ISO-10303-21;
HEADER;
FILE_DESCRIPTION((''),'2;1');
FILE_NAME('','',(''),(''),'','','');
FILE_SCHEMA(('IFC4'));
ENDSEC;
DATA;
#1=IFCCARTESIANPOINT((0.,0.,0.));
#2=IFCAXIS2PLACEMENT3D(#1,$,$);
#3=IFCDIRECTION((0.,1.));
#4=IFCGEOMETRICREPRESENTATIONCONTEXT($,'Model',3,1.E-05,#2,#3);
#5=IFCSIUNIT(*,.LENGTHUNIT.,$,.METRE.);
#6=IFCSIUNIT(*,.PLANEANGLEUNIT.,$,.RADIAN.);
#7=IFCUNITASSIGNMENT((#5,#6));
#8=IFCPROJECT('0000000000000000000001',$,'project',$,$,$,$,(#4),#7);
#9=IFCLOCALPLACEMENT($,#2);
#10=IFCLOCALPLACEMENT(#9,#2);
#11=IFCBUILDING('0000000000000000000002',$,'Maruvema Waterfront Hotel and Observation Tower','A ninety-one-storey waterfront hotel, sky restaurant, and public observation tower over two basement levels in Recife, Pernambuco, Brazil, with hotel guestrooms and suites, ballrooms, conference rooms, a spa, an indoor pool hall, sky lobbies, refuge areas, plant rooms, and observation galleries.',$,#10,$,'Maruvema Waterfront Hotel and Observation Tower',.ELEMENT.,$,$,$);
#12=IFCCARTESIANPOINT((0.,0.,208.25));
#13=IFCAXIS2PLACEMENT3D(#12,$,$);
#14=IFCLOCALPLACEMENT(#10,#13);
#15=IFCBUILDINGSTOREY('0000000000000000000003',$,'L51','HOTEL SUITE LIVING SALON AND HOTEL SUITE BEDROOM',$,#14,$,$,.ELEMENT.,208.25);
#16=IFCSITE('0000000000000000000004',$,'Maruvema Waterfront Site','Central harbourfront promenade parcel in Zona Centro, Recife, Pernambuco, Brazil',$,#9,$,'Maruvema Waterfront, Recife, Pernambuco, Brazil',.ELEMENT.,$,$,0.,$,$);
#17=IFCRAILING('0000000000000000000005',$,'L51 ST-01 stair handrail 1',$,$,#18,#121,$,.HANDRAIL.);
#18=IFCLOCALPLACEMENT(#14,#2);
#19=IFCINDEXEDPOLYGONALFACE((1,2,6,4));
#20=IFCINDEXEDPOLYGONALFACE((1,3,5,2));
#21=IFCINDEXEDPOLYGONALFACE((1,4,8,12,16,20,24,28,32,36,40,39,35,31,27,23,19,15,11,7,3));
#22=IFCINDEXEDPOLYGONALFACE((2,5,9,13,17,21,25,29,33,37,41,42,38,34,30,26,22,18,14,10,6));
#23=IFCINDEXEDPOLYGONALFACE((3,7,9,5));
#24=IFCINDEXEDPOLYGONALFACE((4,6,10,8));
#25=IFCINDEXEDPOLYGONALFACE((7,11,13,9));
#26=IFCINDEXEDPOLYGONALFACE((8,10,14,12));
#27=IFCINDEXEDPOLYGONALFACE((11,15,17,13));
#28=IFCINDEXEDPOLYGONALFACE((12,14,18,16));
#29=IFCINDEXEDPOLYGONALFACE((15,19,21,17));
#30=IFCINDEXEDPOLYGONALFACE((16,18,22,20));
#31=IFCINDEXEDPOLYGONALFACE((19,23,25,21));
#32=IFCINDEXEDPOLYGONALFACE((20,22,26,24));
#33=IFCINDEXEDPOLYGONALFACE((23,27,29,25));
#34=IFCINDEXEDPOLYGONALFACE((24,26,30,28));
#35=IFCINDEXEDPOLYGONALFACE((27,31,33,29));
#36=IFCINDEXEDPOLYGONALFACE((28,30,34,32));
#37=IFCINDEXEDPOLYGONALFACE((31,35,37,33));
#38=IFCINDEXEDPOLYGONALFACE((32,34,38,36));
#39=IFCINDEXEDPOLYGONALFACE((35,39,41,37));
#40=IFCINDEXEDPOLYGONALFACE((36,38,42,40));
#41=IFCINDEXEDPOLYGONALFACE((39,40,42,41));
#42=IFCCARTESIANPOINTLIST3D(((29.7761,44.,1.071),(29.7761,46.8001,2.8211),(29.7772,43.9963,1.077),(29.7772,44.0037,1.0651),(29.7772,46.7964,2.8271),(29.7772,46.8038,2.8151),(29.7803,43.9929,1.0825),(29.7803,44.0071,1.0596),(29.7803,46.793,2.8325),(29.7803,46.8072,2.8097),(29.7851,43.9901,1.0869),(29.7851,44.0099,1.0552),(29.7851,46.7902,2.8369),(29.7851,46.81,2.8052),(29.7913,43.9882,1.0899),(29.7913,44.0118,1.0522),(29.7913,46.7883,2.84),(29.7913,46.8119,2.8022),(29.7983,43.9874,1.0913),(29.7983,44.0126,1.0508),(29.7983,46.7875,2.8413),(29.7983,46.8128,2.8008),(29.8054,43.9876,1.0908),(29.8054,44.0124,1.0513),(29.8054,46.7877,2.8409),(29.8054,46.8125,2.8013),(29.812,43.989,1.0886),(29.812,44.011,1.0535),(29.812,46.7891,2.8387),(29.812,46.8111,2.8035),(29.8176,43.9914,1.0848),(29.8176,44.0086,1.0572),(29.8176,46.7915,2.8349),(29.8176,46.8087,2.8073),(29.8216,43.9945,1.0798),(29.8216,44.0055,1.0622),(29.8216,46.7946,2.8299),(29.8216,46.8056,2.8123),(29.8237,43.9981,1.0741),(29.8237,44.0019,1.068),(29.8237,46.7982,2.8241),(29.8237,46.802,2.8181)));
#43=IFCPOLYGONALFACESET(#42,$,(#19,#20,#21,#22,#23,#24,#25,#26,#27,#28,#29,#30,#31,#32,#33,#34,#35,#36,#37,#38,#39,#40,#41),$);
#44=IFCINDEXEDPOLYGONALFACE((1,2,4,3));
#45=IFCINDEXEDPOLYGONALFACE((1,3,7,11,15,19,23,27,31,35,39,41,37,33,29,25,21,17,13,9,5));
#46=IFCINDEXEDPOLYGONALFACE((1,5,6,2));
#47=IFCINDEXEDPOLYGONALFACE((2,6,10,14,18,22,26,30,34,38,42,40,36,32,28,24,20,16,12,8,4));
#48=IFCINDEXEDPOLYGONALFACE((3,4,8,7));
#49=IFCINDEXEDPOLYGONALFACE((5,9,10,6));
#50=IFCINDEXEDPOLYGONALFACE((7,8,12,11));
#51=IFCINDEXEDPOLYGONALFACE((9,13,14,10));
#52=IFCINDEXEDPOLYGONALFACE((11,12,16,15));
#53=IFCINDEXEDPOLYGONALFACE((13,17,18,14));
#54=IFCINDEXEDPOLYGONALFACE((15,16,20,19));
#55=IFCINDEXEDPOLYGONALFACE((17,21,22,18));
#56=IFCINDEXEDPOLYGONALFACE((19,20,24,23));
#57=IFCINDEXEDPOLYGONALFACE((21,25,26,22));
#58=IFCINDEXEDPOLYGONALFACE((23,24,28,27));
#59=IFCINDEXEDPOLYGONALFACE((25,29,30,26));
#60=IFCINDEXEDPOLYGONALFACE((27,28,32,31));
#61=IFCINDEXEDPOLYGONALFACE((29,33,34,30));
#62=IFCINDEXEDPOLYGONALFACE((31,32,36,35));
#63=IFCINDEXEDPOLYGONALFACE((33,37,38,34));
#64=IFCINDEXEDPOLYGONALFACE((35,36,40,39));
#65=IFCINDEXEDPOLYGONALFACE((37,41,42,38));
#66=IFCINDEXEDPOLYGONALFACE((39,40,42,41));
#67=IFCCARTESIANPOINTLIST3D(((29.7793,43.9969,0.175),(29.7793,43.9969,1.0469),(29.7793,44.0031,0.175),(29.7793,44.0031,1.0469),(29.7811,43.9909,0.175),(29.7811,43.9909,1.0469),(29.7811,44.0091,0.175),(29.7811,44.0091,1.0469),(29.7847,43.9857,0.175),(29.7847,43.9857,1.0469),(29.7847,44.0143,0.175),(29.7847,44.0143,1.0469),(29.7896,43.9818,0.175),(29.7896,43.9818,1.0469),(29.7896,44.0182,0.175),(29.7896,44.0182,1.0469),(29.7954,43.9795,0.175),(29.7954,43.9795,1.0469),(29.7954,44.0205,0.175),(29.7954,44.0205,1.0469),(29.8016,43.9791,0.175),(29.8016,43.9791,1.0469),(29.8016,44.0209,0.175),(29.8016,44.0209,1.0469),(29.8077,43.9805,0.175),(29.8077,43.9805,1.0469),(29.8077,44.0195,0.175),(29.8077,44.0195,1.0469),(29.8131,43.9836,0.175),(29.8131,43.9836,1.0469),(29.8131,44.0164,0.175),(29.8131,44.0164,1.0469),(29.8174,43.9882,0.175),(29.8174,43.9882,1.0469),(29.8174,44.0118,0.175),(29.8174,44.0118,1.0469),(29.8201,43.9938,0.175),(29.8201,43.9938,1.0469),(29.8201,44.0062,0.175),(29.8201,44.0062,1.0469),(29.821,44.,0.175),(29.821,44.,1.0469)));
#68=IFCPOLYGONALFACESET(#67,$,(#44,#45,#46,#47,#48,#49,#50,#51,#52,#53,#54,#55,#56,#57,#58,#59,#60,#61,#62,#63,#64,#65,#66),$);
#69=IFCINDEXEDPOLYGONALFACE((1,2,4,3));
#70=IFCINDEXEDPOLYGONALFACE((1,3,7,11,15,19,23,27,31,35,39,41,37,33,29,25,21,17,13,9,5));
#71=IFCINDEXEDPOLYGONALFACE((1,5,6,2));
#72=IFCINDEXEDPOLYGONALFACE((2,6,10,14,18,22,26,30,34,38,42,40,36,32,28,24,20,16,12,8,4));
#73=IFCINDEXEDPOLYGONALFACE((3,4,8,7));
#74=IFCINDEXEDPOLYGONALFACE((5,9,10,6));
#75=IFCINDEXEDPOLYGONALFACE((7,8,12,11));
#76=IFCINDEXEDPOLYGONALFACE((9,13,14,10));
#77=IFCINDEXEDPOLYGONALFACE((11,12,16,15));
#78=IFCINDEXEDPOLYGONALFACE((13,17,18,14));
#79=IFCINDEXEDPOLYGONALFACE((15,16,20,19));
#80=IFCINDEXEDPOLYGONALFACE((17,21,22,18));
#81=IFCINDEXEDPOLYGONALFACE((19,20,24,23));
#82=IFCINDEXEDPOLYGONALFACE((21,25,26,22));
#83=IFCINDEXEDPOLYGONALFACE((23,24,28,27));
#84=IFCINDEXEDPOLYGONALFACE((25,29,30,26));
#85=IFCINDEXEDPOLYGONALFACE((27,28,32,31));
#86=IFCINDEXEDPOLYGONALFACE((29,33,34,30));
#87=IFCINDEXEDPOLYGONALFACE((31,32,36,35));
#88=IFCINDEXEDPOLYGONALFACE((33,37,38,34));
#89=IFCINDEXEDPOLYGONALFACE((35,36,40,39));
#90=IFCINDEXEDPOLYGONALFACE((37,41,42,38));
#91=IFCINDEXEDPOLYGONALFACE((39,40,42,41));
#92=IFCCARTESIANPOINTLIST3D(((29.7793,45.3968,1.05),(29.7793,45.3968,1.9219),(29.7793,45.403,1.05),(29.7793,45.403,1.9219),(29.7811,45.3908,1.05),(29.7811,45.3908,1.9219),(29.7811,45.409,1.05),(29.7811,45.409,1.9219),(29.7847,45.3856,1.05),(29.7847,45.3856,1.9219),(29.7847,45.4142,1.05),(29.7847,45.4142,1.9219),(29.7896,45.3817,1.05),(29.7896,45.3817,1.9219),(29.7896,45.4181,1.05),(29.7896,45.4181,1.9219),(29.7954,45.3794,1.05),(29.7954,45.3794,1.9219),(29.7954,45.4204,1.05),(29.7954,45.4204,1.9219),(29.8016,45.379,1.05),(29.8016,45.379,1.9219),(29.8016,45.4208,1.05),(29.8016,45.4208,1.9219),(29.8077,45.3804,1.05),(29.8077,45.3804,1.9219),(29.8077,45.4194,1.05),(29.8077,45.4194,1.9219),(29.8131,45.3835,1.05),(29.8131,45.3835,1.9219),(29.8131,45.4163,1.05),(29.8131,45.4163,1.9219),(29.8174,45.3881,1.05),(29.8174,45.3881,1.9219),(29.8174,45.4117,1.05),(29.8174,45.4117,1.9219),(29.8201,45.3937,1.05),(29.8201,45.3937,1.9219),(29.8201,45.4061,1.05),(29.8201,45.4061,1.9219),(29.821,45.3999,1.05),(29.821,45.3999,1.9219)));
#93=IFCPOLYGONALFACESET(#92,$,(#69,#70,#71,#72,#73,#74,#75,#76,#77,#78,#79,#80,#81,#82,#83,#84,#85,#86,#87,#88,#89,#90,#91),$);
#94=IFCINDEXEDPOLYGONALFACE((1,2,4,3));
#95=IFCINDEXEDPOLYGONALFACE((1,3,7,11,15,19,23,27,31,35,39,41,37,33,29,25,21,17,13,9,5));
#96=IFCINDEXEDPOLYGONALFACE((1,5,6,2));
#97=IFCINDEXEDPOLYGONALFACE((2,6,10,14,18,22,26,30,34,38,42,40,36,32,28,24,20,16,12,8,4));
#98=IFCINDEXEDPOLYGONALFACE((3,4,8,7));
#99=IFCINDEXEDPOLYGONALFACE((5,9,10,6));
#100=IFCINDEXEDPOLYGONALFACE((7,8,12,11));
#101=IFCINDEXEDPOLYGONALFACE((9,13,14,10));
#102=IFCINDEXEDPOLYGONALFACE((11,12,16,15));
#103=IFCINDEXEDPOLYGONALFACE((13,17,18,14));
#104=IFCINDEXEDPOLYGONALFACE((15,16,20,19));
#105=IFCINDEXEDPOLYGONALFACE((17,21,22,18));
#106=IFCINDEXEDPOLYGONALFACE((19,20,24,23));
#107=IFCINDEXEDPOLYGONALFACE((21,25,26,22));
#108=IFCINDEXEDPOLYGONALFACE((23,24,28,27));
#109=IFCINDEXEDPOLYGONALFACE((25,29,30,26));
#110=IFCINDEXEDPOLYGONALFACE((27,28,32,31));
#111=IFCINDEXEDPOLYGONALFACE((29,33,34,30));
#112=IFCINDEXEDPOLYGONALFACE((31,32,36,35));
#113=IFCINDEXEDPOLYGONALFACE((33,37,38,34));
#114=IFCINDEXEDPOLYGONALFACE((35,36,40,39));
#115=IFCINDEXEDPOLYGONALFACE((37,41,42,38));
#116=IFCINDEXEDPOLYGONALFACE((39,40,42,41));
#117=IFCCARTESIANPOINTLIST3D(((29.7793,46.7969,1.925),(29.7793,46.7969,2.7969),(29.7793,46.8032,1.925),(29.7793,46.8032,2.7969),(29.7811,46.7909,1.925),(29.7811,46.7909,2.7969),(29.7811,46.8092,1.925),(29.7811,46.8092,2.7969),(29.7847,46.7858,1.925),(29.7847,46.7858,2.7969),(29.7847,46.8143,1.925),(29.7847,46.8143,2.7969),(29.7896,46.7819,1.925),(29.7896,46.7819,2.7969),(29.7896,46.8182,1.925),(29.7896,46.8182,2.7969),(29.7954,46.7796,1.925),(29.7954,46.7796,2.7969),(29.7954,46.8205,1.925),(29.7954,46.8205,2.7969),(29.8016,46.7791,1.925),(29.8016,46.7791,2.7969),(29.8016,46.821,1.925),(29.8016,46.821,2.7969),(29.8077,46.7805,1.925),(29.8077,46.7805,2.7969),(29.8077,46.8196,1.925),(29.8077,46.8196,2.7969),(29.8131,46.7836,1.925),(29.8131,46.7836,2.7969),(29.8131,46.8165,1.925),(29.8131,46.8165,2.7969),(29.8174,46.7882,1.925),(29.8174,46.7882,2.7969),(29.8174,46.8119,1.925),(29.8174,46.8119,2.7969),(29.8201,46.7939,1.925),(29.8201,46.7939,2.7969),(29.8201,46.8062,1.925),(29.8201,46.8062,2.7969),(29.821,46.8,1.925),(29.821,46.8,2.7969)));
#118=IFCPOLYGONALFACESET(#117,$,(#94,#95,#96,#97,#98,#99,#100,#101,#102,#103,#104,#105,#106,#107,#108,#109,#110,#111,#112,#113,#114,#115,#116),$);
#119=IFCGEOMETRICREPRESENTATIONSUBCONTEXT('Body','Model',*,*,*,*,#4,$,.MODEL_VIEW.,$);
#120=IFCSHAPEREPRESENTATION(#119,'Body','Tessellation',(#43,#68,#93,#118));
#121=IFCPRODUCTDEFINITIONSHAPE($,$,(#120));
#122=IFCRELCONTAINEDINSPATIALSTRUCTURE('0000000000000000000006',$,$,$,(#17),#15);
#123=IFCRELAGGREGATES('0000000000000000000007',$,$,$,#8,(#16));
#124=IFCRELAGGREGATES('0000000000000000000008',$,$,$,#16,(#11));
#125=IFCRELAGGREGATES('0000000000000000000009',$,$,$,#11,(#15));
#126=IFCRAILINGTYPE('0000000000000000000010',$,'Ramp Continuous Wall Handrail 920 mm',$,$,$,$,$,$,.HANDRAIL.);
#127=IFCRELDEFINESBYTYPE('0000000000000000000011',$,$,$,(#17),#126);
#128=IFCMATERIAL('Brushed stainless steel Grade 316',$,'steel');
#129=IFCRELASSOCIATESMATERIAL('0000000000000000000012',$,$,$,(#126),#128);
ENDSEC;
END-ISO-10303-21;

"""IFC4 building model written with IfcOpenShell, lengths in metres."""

from ifc_helpers import new_model, si_unit, direction, frame, origin, origin_2d, place, context, subcontext, project, spatial, circle, extrude, material, type_object, element, save


model = new_model("IFC4")

# Units and contexts
model_context = context("Model", 3, precision=1e-05, world=origin(), true_north=direction((0.0, 1.0)))
body_context = subcontext(model_context, "Body", "Model", "MODEL_VIEW")
ifc_project = project(units=[si_unit("LENGTHUNIT", "METRE"), si_unit("PLANEANGLEUNIT", "RADIAN")], contexts=[model_context])

# Site, building, storey
site_placement = place(None, origin())
site = spatial("IfcSite", under=ifc_project, at=site_placement, Name="Maruvema Waterfront Site", Description="Central harbourfront promenade parcel in Zona Centro, Recife, Pernambuco, Brazil", LongName="Maruvema Waterfront, Recife, Pernambuco, Brazil", CompositionType="ELEMENT", RefElevation=0.0)
building_placement = place(site_placement, origin())
building = spatial("IfcBuilding", under=site, at=building_placement, Name="Maruvema Waterfront Hotel and Observation Tower", Description="A ninety-one-storey waterfront hotel, sky restaurant, and public observation tower over two basement levels in Recife, Pernambuco, Brazil, with hotel guestrooms and suites, ballrooms, conference rooms, a spa, an indoor pool hall, sky lobbies, refuge areas, plant rooms, and observation galleries.", LongName="Maruvema Waterfront Hotel and Observation Tower", CompositionType="ELEMENT")
storey_placement = place(building_placement, frame((0.0, 0.0, 208.25)))
storey = spatial("IfcBuildingStorey", under=building, at=storey_placement, Name="L51", Description="HOTEL SUITE LIVING SALON AND HOTEL SUITE BEDROOM", CompositionType="ELEMENT", Elevation=208.25)

# Railing
ifc_material_1 = material(Name="Brushed stainless steel Grade 316", Category="steel")
railing_type_1 = type_object("IfcRailingType", Name="Ramp Continuous Wall Handrail 920 mm", PredefinedType="HANDRAIL", material=ifc_material_1)
railing_1_placement = place(storey_placement, frame((29.8, 44.0, 0.175)))
element("IfcRailing", 1, at=railing_1_placement, inside=storey, type_object=railing_type_1, Name="L51 ST-01 stair handrail 1", PredefinedType="HANDRAIL", context=body_context, shape_type="SweptSolid", body=[
    extrude(circle(Radius=0.0239, at=origin_2d()), frame((0.0, 0.0, 0.896), z_axis=(0.0, 0.848002, 0.529992), x_axis=(-1.0, 0.0, 0.0)), (0.0, 0.0, 1.0), 3.302),
    extrude(circle(Radius=0.021, at=origin_2d()), origin(), (0.0, 0.0, 1.0), 0.8718),
    extrude(circle(Radius=0.021, at=origin_2d()), frame((0.0, 1.3999, 0.875)), (0.0, 0.0, 1.0), 0.8718),
    extrude(circle(Radius=0.021, at=origin_2d()), frame((0.0, 2.8, 1.75)), (0.0, 0.0, 1.0), 0.8718),
])

save(model, "model.ifc")
